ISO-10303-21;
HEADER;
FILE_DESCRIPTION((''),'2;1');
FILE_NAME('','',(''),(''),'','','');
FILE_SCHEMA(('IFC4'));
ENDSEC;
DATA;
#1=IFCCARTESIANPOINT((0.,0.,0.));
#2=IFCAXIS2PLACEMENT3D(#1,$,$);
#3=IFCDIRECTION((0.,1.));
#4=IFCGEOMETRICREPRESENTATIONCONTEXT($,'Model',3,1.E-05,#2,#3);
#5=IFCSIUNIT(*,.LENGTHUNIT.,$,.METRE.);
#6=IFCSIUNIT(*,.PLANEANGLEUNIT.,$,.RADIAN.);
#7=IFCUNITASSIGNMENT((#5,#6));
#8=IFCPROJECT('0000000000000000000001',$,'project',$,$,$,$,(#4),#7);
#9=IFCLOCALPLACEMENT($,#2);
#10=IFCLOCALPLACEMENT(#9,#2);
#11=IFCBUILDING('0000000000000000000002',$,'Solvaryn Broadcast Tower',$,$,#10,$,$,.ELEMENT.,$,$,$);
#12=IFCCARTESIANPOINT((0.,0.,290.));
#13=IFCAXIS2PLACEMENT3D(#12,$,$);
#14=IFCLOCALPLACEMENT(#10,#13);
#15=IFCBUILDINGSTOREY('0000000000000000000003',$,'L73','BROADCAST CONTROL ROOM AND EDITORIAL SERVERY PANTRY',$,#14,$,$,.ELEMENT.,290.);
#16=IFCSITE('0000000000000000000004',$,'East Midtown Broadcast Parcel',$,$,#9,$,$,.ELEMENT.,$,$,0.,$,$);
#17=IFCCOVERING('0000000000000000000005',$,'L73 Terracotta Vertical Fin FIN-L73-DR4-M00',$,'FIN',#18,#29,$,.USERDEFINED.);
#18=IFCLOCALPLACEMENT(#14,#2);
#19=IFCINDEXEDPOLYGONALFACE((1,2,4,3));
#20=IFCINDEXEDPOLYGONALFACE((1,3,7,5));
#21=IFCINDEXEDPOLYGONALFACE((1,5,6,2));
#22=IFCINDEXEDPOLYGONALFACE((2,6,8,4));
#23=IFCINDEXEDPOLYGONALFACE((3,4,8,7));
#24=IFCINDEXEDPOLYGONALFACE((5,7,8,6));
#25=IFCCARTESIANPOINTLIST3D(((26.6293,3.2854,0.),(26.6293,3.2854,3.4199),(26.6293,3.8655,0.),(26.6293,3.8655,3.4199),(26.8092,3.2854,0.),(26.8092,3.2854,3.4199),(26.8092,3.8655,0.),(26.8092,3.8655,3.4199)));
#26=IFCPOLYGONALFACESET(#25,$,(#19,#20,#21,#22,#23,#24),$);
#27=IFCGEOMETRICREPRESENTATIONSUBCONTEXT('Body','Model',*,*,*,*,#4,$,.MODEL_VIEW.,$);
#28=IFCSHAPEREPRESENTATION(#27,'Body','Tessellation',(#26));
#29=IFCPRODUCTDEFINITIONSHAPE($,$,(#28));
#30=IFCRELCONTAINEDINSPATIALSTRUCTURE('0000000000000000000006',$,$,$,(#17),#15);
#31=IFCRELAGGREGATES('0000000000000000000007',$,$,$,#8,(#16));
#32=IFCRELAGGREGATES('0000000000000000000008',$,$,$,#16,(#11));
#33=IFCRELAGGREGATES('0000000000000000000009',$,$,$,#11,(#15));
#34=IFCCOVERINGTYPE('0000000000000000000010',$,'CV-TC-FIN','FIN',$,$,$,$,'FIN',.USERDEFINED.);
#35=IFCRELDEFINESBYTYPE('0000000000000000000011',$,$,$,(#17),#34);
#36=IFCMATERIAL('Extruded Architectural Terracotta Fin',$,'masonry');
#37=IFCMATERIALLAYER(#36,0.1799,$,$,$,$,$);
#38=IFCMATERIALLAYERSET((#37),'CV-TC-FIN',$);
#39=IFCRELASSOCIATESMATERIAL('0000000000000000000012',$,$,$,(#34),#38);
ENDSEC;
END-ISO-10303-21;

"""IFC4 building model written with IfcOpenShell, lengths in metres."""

from ifc_helpers import new_model, si_unit, direction, frame, origin, origin_2d, place, context, subcontext, project, spatial, rectangle, extrude, material, layer, layer_set, type_object, element, save


model = new_model("IFC4")

# Units and contexts
model_context = context("Model", 3, precision=1e-05, world=origin(), true_north=direction((0.0, 1.0)))
body_context = subcontext(model_context, "Body", "Model", "MODEL_VIEW")
ifc_project = project(units=[si_unit("LENGTHUNIT", "METRE"), si_unit("PLANEANGLEUNIT", "RADIAN")], contexts=[model_context])

# Site, building, storey
site_placement = place(None, origin())
site = spatial("IfcSite", under=ifc_project, at=site_placement, Name="East Midtown Broadcast Parcel", CompositionType="ELEMENT", RefElevation=0.0)
building_placement = place(site_placement, origin())
building = spatial("IfcBuilding", under=site, at=building_placement, Name="Solvaryn Broadcast Tower", CompositionType="ELEMENT")
storey_placement = place(building_placement, frame((0.0, 0.0, 290.0)))
storey = spatial("IfcBuildingStorey", under=building, at=storey_placement, Name="L73", Description="BROADCAST CONTROL ROOM AND EDITORIAL SERVERY PANTRY", CompositionType="ELEMENT", Elevation=290.0)

# Covering
ifc_material_1 = material(Name="Extruded Architectural Terracotta Fin", Category="masonry")
ifc_layer_1 = layer(ifc_material_1, 0.1799)
ifc_layer_set_1 = layer_set([ifc_layer_1], Name="CV-TC-FIN")
covering_type_1 = type_object("IfcCoveringType", Name="CV-TC-FIN", Description="FIN", ElementType="FIN", PredefinedType="USERDEFINED", material=ifc_layer_set_1)
for number, where, z_axis, x_axis, name in (
    (1, (26.7192, 3.5754, 0.0), (0.0, 0.0, 1.0), (1.0, 0.0, 0.0), "L73 Terracotta Vertical Fin FIN-L73-DR4-M00"),
):
    element("IfcCovering", number, at=place(storey_placement, frame(where, z_axis=z_axis, x_axis=x_axis)), inside=storey, type_object=covering_type_1, Name=name, ObjectType="FIN", PredefinedType="USERDEFINED", context=body_context, shape_type="SweptSolid", body=[
        extrude(rectangle(XDim=0.1799, YDim=0.5801, at=origin_2d()), origin(), (0.0, 0.0, 1.0), 3.4199),
    ])

save(model, "model.ifc")
